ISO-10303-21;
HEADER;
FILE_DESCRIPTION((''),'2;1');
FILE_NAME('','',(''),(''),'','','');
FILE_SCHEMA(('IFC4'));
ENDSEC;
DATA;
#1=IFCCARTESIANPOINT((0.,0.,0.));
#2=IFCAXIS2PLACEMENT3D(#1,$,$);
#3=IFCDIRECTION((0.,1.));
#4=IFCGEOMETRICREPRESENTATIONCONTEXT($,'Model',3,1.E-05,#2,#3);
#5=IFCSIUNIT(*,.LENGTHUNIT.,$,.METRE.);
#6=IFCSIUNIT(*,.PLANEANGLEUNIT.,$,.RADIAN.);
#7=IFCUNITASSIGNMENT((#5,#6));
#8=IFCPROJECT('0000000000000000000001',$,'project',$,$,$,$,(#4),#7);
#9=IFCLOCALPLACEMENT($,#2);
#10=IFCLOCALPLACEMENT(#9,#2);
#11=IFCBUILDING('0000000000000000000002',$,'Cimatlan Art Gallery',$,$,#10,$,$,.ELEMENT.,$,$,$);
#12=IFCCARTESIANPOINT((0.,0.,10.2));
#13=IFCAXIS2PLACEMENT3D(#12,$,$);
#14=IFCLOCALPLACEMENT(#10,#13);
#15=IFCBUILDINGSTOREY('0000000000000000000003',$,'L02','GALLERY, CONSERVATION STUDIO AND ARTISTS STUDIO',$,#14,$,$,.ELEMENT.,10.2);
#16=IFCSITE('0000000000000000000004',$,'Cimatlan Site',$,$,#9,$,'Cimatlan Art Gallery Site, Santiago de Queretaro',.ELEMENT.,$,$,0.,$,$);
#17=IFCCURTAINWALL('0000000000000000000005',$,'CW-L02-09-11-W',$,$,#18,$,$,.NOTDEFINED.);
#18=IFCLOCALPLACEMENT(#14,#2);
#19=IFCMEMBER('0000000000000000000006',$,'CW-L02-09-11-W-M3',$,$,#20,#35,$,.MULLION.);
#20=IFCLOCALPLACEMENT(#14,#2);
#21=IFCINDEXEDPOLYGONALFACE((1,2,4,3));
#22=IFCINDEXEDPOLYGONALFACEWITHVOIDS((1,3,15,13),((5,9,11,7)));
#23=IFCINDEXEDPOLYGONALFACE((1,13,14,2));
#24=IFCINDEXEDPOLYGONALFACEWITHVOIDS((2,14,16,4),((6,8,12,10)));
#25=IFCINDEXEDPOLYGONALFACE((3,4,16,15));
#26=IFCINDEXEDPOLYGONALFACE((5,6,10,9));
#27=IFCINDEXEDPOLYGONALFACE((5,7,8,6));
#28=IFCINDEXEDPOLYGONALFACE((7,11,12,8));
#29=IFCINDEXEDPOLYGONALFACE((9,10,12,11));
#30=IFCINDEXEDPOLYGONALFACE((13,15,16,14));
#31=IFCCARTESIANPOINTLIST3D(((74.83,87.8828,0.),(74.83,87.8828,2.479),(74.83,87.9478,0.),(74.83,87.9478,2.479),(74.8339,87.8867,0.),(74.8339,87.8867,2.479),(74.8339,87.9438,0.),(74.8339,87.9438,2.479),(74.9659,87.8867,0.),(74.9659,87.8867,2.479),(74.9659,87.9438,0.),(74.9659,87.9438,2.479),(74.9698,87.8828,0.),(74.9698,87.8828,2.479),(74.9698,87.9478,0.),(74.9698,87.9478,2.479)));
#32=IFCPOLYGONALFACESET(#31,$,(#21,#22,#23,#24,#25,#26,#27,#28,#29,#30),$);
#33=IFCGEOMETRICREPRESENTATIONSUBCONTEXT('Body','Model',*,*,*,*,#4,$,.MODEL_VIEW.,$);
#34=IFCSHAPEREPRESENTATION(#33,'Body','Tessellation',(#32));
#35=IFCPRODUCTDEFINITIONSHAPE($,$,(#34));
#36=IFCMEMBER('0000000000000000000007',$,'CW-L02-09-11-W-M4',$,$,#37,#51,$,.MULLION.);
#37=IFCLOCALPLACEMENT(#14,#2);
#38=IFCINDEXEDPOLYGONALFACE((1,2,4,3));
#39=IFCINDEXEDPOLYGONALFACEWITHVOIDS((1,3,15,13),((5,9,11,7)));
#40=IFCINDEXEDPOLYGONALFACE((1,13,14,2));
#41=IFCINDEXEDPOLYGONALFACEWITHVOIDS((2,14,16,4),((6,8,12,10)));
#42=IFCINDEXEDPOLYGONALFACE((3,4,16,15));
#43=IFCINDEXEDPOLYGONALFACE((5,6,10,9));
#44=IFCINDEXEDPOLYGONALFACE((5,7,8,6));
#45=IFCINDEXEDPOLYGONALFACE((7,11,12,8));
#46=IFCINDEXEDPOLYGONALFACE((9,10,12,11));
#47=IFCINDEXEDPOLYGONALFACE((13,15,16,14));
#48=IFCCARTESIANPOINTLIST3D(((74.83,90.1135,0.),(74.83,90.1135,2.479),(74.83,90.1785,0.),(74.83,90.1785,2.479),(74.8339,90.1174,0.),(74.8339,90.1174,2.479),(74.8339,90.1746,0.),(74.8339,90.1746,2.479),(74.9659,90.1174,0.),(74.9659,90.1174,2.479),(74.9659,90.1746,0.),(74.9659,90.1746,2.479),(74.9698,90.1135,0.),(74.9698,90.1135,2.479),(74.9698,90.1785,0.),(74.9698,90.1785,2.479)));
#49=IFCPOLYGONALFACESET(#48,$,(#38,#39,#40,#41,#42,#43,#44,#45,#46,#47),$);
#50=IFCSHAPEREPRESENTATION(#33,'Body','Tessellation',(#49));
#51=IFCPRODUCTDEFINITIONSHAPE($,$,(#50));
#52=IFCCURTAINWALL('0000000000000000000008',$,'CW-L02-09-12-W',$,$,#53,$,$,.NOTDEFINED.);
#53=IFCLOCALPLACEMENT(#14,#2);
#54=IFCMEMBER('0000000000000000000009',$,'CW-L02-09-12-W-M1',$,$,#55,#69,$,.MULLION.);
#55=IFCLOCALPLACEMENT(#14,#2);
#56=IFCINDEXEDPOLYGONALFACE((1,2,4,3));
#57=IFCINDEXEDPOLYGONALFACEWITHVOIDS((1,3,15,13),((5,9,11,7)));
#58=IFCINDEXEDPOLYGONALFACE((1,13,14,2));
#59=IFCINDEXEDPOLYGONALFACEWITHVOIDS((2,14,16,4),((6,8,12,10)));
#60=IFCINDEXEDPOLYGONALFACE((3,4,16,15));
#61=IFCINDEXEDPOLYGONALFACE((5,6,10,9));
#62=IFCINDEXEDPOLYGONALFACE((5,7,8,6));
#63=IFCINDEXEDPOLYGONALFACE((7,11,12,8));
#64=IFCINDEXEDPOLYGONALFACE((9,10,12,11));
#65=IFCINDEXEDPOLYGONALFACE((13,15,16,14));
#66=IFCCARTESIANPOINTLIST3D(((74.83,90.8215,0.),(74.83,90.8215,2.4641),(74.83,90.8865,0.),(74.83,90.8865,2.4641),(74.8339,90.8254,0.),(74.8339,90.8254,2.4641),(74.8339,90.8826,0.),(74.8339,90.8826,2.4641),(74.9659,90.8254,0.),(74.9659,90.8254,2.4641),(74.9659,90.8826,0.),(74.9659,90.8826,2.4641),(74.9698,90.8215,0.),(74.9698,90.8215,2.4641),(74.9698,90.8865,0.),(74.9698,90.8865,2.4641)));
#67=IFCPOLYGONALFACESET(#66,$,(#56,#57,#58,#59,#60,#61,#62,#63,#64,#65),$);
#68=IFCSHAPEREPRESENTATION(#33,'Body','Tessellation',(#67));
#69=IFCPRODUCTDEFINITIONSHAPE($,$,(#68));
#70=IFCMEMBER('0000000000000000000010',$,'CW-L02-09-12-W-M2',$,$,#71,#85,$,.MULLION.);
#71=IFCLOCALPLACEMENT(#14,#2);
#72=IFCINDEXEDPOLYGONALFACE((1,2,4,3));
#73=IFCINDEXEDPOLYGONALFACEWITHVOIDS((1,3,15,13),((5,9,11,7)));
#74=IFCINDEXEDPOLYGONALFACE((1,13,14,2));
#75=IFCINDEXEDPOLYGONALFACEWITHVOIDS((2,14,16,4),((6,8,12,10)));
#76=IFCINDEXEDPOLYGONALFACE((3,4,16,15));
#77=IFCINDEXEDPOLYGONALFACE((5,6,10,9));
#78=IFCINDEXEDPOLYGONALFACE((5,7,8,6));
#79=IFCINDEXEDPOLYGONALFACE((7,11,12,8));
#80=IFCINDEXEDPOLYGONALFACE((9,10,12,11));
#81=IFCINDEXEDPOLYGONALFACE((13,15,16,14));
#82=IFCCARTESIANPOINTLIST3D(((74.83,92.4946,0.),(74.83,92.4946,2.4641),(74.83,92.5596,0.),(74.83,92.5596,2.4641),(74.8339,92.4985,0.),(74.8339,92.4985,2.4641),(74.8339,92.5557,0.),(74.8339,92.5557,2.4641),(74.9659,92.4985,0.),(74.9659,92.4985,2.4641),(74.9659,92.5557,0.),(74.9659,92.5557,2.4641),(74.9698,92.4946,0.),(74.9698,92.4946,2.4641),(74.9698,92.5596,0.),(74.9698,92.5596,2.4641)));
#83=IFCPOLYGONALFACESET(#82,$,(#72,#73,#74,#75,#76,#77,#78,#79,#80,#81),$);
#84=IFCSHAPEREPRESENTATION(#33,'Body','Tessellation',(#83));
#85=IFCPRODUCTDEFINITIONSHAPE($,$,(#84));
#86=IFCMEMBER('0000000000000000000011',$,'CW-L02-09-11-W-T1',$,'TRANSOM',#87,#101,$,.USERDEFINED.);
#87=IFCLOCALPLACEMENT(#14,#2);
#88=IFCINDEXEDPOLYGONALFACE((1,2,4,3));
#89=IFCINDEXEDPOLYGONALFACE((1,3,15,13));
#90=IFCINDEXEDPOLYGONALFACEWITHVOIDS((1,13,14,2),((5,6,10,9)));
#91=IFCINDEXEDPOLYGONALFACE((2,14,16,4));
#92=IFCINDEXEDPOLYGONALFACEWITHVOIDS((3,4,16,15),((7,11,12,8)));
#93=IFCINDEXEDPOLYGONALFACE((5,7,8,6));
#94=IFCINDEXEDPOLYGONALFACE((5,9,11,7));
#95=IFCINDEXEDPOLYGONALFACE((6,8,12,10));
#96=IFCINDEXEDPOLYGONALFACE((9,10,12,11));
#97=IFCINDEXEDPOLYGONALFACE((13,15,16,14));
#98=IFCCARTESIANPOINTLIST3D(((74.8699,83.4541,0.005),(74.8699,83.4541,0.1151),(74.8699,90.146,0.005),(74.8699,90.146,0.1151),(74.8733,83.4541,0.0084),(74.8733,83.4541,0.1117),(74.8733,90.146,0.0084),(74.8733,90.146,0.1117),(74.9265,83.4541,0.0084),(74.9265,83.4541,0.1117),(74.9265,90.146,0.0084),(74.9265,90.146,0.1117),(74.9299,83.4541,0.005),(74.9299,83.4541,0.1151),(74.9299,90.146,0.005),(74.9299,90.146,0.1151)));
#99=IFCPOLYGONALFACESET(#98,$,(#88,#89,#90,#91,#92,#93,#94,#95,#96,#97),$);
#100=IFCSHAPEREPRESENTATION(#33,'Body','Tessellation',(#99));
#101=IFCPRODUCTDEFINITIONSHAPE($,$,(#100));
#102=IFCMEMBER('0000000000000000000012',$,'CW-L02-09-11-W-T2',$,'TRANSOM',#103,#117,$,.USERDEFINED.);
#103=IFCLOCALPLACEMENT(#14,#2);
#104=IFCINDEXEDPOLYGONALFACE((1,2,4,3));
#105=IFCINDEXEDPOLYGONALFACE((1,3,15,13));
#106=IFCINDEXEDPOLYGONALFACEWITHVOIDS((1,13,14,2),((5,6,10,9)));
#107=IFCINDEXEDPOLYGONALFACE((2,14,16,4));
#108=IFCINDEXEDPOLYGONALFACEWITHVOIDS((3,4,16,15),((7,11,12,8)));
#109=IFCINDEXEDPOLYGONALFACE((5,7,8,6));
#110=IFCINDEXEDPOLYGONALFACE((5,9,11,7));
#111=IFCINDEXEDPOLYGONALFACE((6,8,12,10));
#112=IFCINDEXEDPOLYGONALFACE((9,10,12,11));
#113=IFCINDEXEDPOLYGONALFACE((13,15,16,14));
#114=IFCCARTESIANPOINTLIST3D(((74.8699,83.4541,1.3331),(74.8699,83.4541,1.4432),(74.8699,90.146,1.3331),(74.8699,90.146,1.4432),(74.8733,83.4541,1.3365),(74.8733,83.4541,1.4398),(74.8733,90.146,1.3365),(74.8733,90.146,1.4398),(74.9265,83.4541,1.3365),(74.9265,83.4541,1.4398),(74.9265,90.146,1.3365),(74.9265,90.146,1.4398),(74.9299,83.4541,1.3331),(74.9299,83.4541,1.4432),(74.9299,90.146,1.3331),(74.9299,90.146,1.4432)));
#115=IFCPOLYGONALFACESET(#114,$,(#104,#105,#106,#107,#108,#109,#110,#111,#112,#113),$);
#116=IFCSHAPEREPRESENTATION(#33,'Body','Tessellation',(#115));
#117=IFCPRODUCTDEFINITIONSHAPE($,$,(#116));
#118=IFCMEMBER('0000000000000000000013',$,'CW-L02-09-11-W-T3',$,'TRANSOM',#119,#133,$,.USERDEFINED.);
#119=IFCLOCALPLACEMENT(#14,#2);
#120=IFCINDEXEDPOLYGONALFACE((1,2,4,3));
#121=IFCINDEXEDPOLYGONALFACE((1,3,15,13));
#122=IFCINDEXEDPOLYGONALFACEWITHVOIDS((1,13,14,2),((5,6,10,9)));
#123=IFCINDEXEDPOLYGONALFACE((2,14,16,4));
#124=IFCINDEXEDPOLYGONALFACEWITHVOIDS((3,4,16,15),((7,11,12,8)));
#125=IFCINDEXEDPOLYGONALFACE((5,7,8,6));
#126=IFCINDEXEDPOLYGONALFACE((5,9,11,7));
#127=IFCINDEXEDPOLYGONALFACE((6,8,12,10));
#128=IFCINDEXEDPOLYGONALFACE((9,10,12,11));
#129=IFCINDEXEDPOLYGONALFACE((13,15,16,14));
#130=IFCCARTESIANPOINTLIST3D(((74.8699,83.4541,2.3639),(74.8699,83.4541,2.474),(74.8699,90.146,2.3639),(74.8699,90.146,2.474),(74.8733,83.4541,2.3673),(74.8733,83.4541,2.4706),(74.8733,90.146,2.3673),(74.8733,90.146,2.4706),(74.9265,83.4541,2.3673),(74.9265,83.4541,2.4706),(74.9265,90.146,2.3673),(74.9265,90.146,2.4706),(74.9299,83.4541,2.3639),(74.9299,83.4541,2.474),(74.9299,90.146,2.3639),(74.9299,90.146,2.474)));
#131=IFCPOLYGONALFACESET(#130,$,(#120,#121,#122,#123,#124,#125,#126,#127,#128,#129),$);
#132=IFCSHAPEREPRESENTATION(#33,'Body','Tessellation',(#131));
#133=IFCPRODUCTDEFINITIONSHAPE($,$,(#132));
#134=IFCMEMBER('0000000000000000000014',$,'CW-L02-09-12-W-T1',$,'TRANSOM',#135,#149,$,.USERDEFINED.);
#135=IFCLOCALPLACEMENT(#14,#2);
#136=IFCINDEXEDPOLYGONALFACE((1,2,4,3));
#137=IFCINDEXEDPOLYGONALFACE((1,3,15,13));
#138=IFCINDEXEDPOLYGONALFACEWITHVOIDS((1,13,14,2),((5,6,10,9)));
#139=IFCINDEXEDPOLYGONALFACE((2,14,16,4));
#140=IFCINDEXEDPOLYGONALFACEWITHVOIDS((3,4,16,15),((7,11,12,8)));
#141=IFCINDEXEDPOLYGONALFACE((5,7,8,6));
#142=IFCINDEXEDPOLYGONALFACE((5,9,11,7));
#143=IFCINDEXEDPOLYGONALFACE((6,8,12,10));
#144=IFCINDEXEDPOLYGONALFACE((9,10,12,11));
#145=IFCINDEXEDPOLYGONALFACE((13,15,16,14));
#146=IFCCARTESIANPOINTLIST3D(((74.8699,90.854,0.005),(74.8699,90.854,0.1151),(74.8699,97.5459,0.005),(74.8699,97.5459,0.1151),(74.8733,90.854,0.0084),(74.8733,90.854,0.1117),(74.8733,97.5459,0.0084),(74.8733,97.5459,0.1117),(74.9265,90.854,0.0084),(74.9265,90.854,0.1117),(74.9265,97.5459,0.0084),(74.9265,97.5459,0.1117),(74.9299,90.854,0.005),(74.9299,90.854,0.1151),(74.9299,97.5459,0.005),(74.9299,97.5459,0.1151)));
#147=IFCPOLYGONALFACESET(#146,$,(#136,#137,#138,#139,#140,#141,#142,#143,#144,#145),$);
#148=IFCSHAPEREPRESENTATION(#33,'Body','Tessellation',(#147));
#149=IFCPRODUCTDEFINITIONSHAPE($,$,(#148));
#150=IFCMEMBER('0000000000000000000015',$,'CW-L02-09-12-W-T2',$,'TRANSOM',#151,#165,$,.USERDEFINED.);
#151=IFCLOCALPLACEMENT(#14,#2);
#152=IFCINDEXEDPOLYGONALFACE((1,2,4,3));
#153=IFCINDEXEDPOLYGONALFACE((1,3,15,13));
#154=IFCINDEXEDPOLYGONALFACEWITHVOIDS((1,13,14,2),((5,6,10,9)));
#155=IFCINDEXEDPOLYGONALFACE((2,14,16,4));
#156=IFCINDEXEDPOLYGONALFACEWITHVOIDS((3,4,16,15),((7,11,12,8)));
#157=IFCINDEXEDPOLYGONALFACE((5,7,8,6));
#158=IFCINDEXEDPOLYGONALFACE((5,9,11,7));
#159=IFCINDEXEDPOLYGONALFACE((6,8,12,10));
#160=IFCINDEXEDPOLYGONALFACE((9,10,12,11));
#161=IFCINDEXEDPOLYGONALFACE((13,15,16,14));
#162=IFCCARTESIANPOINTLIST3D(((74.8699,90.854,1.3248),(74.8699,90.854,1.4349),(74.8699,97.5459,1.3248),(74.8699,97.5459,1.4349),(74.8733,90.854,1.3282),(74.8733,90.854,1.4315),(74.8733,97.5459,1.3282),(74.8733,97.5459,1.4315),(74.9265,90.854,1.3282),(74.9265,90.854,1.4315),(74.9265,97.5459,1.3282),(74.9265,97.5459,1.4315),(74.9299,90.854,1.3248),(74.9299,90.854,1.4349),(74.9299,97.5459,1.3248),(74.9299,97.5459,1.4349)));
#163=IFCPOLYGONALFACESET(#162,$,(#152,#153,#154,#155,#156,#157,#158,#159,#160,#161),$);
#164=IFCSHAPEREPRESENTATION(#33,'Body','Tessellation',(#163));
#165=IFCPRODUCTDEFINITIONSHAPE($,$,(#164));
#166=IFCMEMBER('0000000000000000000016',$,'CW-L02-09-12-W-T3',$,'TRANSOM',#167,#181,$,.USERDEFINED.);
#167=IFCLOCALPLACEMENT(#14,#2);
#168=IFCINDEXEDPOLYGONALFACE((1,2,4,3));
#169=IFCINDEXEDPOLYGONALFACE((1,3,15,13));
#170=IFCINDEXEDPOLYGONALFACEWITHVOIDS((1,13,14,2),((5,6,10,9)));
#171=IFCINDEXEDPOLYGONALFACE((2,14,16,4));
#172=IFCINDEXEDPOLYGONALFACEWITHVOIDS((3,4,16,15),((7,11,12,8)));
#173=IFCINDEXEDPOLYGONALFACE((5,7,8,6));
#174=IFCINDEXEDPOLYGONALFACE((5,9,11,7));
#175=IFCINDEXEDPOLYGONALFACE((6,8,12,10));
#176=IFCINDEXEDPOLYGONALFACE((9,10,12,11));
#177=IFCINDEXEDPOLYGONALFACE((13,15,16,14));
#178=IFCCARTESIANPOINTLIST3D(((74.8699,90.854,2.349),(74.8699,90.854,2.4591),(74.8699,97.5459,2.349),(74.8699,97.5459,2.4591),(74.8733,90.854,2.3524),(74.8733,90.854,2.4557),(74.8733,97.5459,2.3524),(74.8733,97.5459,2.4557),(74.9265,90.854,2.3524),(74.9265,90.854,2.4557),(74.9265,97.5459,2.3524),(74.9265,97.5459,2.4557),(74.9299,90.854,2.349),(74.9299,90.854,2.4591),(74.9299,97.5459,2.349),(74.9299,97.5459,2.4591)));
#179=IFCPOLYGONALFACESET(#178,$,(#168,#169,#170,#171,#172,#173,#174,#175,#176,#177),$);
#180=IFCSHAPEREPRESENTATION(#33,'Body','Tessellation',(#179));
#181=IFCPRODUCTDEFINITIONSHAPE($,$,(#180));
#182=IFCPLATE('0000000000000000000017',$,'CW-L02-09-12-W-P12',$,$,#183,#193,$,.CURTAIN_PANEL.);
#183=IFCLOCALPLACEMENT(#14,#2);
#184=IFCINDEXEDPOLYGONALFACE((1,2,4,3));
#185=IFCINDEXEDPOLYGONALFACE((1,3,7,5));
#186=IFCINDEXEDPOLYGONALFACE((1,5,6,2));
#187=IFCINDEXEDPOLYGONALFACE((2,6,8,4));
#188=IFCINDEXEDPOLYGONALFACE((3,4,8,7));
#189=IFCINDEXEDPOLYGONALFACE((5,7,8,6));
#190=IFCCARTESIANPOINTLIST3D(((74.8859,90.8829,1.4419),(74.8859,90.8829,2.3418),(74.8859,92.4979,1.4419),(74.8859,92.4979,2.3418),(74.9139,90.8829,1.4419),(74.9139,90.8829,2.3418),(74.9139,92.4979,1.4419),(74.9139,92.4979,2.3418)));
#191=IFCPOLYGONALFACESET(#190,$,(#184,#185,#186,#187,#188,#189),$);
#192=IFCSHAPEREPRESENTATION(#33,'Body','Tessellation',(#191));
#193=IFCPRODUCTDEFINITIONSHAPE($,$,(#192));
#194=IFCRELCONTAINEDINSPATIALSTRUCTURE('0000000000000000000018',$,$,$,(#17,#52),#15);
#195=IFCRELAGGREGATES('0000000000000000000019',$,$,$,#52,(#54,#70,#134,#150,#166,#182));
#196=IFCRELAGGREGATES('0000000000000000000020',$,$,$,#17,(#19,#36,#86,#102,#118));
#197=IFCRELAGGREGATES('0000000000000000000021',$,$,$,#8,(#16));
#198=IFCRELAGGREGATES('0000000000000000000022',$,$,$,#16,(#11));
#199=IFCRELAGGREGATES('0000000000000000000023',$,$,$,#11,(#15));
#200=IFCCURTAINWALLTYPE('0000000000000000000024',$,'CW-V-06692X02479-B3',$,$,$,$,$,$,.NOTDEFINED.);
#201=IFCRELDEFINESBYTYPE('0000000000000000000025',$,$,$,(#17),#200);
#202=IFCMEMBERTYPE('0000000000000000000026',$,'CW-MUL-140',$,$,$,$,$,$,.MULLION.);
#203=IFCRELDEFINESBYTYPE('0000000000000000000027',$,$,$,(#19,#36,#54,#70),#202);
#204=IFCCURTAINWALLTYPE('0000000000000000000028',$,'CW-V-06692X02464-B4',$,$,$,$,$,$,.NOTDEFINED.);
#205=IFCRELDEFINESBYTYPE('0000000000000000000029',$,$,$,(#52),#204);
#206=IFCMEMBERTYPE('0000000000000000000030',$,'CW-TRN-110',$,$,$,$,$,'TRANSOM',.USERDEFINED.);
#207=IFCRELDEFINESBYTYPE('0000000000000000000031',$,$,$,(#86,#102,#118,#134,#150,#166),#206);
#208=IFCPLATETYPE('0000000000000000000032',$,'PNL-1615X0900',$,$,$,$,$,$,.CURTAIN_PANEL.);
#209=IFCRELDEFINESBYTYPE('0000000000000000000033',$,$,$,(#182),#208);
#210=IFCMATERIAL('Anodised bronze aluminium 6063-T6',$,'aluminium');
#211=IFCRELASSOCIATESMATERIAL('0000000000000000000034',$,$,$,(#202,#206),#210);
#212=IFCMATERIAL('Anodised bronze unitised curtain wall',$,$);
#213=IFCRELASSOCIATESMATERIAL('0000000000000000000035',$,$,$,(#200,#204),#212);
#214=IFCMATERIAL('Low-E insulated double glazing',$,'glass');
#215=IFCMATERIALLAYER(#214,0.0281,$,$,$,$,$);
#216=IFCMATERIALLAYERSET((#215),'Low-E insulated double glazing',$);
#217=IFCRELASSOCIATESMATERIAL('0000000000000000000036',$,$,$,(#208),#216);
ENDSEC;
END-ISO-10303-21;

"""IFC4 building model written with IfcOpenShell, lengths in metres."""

from ifc_helpers import new_model, si_unit, direction, frame, origin, origin_2d, place, context, subcontext, project, spatial, rectangle, hollow_rectangle, extrude, material, layer, layer_set, material_profile, profile_set, type_object, element, aggregate, save


model = new_model("IFC4")

# Units and contexts
model_context = context("Model", 3, precision=1e-05, world=origin(), true_north=direction((0.0, 1.0)))
body_context = subcontext(model_context, "Body", "Model", "MODEL_VIEW")
ifc_project = project(units=[si_unit("LENGTHUNIT", "METRE"), si_unit("PLANEANGLEUNIT", "RADIAN")], contexts=[model_context])

# Site, building, storey
site_placement = place(None, origin())
site = spatial("IfcSite", under=ifc_project, at=site_placement, Name="Cimatlan Site", LongName="Cimatlan Art Gallery Site, Santiago de Queretaro", CompositionType="ELEMENT", RefElevation=0.0)
building_placement = place(site_placement, origin())
building = spatial("IfcBuilding", under=site, at=building_placement, Name="Cimatlan Art Gallery", CompositionType="ELEMENT")
storey_placement = place(building_placement, frame((0.0, 0.0, 10.2)))
storey = spatial("IfcBuildingStorey", under=building, at=storey_placement, Name="L02", Description="GALLERY, CONSERVATION STUDIO AND ARTISTS STUDIO", CompositionType="ELEMENT", Elevation=10.2)

# Shared definitions
ifc_material_1 = material(Name="Anodised bronze unitised curtain wall")
ifc_material_2 = material(Name="Anodised bronze aluminium 6063-T6", Category="aluminium")
ifc_material_profile_1 = material_profile(ifc_material_2, hollow_rectangle(XDim=0.0649, YDim=0.1399, WallThickness=0.0039, at=origin_2d()), Name="ALU65X140X4")
ifc_profile_set_1 = profile_set([ifc_material_profile_1], Name="Anodised bronze aluminium 6063-T6")
member_type_1 = type_object("IfcMemberType", Name="CW-MUL-140", PredefinedType="MULLION", material=ifc_profile_set_1)

# Curtain walls, members
curtain_wall_type_1 = type_object("IfcCurtainWallType", Name="CW-V-06692X02479-B3", PredefinedType="NOTDEFINED", material=ifc_material_1)
curtain_wall_1_placement = place(storey_placement, origin())
curtain_wall_1 = element("IfcCurtainWall", 1, at=curtain_wall_1_placement, inside=storey, type_object=curtain_wall_type_1, Name="CW-L02-09-11-W", PredefinedType="NOTDEFINED")
member_1_placement = place(storey_placement, frame((74.8999, 87.9153, 0.0), z_axis=(0.0, 0.0, 1.0), x_axis=(0.0, 1.0, 0.0)))
member_1 = element("IfcMember", 2, at=member_1_placement, type_object=member_type_1, Name="CW-L02-09-11-W-M3", PredefinedType="MULLION", context=body_context, shape_type="SweptSolid", body=[
    extrude(hollow_rectangle(XDim=0.0649, YDim=0.1399, WallThickness=0.0039, at=origin_2d()), origin(), (0.0, 0.0, 1.0), 2.479),
])
member_2_placement = place(storey_placement, frame((74.8999, 90.146, 0.0), z_axis=(0.0, 0.0, 1.0), x_axis=(0.0, 1.0, 0.0)))
member_2 = element("IfcMember", 3, at=member_2_placement, type_object=member_type_1, Name="CW-L02-09-11-W-M4", PredefinedType="MULLION", context=body_context, shape_type="SweptSolid", body=[
    extrude(hollow_rectangle(XDim=0.0649, YDim=0.1399, WallThickness=0.0039, at=origin_2d()), origin(), (0.0, 0.0, 1.0), 2.479),
])
curtain_wall_type_2 = type_object("IfcCurtainWallType", Name="CW-V-06692X02464-B4", PredefinedType="NOTDEFINED", material=ifc_material_1)
curtain_wall_2_placement = place(storey_placement, origin())
curtain_wall_2 = element("IfcCurtainWall", 4, at=curtain_wall_2_placement, inside=storey, type_object=curtain_wall_type_2, Name="CW-L02-09-12-W", PredefinedType="NOTDEFINED")
member_3_placement = place(storey_placement, frame((74.8999, 90.854, 0.0), z_axis=(0.0, 0.0, 1.0), x_axis=(0.0, 1.0, 0.0)))
member_3 = element("IfcMember", 5, at=member_3_placement, type_object=member_type_1, Name="CW-L02-09-12-W-M1", PredefinedType="MULLION", context=body_context, shape_type="SweptSolid", body=[
    extrude(hollow_rectangle(XDim=0.0649, YDim=0.1399, WallThickness=0.0039, at=origin_2d()), origin(), (0.0, 0.0, 1.0), 2.4641),
])
member_4_placement = place(storey_placement, frame((74.8999, 92.5271, 0.0), z_axis=(0.0, 0.0, 1.0), x_axis=(0.0, 1.0, 0.0)))
member_4 = element("IfcMember", 6, at=member_4_placement, type_object=member_type_1, Name="CW-L02-09-12-W-M2", PredefinedType="MULLION", context=body_context, shape_type="SweptSolid", body=[
    extrude(hollow_rectangle(XDim=0.0649, YDim=0.1399, WallThickness=0.0039, at=origin_2d()), origin(), (0.0, 0.0, 1.0), 2.4641),
])

# Members
ifc_material_profile_2 = material_profile(ifc_material_2, hollow_rectangle(XDim=0.0601, YDim=0.1101, WallThickness=0.0034, at=origin_2d()), Name="ALU60X110X3")
ifc_profile_set_2 = profile_set([ifc_material_profile_2], Name="Anodised bronze aluminium 6063-T6")
member_type_2 = type_object("IfcMemberType", Name="CW-TRN-110", ElementType="TRANSOM", PredefinedType="USERDEFINED", material=ifc_profile_set_2)
member_5_placement = place(storey_placement, frame((74.8999, 83.4541, 0.0601), z_axis=(0.0, 1.0, 0.0), x_axis=(-1.0, 0.0, 0.0)))
member_5 = element("IfcMember", 7, at=member_5_placement, type_object=member_type_2, Name="CW-L02-09-11-W-T1", ObjectType="TRANSOM", PredefinedType="USERDEFINED", context=body_context, shape_type="SweptSolid", body=[
    extrude(hollow_rectangle(XDim=0.0601, YDim=0.1101, WallThickness=0.0034, at=origin_2d()), origin(), (0.0, 0.0, 1.0), 6.6919),
])
member_6_placement = place(storey_placement, frame((74.8999, 83.4541, 1.3882), z_axis=(0.0, 1.0, 0.0), x_axis=(-1.0, 0.0, 0.0)))
member_6 = element("IfcMember", 8, at=member_6_placement, type_object=member_type_2, Name="CW-L02-09-11-W-T2", ObjectType="TRANSOM", PredefinedType="USERDEFINED", context=body_context, shape_type="SweptSolid", body=[
    extrude(hollow_rectangle(XDim=0.0601, YDim=0.1101, WallThickness=0.0034, at=origin_2d()), origin(), (0.0, 0.0, 1.0), 6.6919),
])
member_7_placement = place(storey_placement, frame((74.8999, 83.4541, 2.4189), z_axis=(0.0, 1.0, 0.0), x_axis=(-1.0, 0.0, 0.0)))
member_7 = element("IfcMember", 9, at=member_7_placement, type_object=member_type_2, Name="CW-L02-09-11-W-T3", ObjectType="TRANSOM", PredefinedType="USERDEFINED", context=body_context, shape_type="SweptSolid", body=[
    extrude(hollow_rectangle(XDim=0.0601, YDim=0.1101, WallThickness=0.0034, at=origin_2d()), origin(), (0.0, 0.0, 1.0), 6.6919),
])
member_8_placement = place(storey_placement, frame((74.8999, 90.854, 0.0601), z_axis=(0.0, 1.0, 0.0), x_axis=(-1.0, 0.0, 0.0)))
member_8 = element("IfcMember", 10, at=member_8_placement, type_object=member_type_2, Name="CW-L02-09-12-W-T1", ObjectType="TRANSOM", PredefinedType="USERDEFINED", context=body_context, shape_type="SweptSolid", body=[
    extrude(hollow_rectangle(XDim=0.0601, YDim=0.1101, WallThickness=0.0034, at=origin_2d()), origin(), (0.0, 0.0, 1.0), 6.6919),
])
member_9_placement = place(storey_placement, frame((74.8999, 90.854, 1.3799), z_axis=(0.0, 1.0, 0.0), x_axis=(-1.0, 0.0, 0.0)))
member_9 = element("IfcMember", 11, at=member_9_placement, type_object=member_type_2, Name="CW-L02-09-12-W-T2", ObjectType="TRANSOM", PredefinedType="USERDEFINED", context=body_context, shape_type="SweptSolid", body=[
    extrude(hollow_rectangle(XDim=0.0601, YDim=0.1101, WallThickness=0.0034, at=origin_2d()), origin(), (0.0, 0.0, 1.0), 6.6919),
])
member_10_placement = place(storey_placement, frame((74.8999, 90.854, 2.4041), z_axis=(0.0, 1.0, 0.0), x_axis=(-1.0, 0.0, 0.0)))
member_10 = element("IfcMember", 12, at=member_10_placement, type_object=member_type_2, Name="CW-L02-09-12-W-T3", ObjectType="TRANSOM", PredefinedType="USERDEFINED", context=body_context, shape_type="SweptSolid", body=[
    extrude(hollow_rectangle(XDim=0.0601, YDim=0.1101, WallThickness=0.0034, at=origin_2d()), origin(), (0.0, 0.0, 1.0), 6.6919),
])

# Plate
ifc_material_3 = material(Name="Low-E insulated double glazing", Category="glass")
ifc_layer_1 = layer(ifc_material_3, 0.0281)
ifc_layer_set_1 = layer_set([ifc_layer_1], Name="Low-E insulated double glazing")
plate_type_1 = type_object("IfcPlateType", Name="PNL-1615X0900", PredefinedType="CURTAIN_PANEL", material=ifc_layer_set_1)
plate_1_placement = place(storey_placement, frame((74.8999, 91.6904, 1.4419), z_axis=(0.0, 0.0, 1.0), x_axis=(0.0, 1.0, 0.0)))
plate_1 = element("IfcPlate", 13, at=plate_1_placement, type_object=plate_type_1, Name="CW-L02-09-12-W-P12", PredefinedType="CURTAIN_PANEL", context=body_context, shape_type="SweptSolid", body=[
    extrude(rectangle(XDim=1.615, YDim=0.0281, at=origin_2d()), origin(), (0.0, 0.0, 1.0), 0.8999),
])
aggregate(curtain_wall_2, [member_3, member_4, member_8, member_9, member_10, plate_1])
aggregate(curtain_wall_1, [member_1, member_2, member_5, member_6, member_7])

save(model, "model.ifc")
